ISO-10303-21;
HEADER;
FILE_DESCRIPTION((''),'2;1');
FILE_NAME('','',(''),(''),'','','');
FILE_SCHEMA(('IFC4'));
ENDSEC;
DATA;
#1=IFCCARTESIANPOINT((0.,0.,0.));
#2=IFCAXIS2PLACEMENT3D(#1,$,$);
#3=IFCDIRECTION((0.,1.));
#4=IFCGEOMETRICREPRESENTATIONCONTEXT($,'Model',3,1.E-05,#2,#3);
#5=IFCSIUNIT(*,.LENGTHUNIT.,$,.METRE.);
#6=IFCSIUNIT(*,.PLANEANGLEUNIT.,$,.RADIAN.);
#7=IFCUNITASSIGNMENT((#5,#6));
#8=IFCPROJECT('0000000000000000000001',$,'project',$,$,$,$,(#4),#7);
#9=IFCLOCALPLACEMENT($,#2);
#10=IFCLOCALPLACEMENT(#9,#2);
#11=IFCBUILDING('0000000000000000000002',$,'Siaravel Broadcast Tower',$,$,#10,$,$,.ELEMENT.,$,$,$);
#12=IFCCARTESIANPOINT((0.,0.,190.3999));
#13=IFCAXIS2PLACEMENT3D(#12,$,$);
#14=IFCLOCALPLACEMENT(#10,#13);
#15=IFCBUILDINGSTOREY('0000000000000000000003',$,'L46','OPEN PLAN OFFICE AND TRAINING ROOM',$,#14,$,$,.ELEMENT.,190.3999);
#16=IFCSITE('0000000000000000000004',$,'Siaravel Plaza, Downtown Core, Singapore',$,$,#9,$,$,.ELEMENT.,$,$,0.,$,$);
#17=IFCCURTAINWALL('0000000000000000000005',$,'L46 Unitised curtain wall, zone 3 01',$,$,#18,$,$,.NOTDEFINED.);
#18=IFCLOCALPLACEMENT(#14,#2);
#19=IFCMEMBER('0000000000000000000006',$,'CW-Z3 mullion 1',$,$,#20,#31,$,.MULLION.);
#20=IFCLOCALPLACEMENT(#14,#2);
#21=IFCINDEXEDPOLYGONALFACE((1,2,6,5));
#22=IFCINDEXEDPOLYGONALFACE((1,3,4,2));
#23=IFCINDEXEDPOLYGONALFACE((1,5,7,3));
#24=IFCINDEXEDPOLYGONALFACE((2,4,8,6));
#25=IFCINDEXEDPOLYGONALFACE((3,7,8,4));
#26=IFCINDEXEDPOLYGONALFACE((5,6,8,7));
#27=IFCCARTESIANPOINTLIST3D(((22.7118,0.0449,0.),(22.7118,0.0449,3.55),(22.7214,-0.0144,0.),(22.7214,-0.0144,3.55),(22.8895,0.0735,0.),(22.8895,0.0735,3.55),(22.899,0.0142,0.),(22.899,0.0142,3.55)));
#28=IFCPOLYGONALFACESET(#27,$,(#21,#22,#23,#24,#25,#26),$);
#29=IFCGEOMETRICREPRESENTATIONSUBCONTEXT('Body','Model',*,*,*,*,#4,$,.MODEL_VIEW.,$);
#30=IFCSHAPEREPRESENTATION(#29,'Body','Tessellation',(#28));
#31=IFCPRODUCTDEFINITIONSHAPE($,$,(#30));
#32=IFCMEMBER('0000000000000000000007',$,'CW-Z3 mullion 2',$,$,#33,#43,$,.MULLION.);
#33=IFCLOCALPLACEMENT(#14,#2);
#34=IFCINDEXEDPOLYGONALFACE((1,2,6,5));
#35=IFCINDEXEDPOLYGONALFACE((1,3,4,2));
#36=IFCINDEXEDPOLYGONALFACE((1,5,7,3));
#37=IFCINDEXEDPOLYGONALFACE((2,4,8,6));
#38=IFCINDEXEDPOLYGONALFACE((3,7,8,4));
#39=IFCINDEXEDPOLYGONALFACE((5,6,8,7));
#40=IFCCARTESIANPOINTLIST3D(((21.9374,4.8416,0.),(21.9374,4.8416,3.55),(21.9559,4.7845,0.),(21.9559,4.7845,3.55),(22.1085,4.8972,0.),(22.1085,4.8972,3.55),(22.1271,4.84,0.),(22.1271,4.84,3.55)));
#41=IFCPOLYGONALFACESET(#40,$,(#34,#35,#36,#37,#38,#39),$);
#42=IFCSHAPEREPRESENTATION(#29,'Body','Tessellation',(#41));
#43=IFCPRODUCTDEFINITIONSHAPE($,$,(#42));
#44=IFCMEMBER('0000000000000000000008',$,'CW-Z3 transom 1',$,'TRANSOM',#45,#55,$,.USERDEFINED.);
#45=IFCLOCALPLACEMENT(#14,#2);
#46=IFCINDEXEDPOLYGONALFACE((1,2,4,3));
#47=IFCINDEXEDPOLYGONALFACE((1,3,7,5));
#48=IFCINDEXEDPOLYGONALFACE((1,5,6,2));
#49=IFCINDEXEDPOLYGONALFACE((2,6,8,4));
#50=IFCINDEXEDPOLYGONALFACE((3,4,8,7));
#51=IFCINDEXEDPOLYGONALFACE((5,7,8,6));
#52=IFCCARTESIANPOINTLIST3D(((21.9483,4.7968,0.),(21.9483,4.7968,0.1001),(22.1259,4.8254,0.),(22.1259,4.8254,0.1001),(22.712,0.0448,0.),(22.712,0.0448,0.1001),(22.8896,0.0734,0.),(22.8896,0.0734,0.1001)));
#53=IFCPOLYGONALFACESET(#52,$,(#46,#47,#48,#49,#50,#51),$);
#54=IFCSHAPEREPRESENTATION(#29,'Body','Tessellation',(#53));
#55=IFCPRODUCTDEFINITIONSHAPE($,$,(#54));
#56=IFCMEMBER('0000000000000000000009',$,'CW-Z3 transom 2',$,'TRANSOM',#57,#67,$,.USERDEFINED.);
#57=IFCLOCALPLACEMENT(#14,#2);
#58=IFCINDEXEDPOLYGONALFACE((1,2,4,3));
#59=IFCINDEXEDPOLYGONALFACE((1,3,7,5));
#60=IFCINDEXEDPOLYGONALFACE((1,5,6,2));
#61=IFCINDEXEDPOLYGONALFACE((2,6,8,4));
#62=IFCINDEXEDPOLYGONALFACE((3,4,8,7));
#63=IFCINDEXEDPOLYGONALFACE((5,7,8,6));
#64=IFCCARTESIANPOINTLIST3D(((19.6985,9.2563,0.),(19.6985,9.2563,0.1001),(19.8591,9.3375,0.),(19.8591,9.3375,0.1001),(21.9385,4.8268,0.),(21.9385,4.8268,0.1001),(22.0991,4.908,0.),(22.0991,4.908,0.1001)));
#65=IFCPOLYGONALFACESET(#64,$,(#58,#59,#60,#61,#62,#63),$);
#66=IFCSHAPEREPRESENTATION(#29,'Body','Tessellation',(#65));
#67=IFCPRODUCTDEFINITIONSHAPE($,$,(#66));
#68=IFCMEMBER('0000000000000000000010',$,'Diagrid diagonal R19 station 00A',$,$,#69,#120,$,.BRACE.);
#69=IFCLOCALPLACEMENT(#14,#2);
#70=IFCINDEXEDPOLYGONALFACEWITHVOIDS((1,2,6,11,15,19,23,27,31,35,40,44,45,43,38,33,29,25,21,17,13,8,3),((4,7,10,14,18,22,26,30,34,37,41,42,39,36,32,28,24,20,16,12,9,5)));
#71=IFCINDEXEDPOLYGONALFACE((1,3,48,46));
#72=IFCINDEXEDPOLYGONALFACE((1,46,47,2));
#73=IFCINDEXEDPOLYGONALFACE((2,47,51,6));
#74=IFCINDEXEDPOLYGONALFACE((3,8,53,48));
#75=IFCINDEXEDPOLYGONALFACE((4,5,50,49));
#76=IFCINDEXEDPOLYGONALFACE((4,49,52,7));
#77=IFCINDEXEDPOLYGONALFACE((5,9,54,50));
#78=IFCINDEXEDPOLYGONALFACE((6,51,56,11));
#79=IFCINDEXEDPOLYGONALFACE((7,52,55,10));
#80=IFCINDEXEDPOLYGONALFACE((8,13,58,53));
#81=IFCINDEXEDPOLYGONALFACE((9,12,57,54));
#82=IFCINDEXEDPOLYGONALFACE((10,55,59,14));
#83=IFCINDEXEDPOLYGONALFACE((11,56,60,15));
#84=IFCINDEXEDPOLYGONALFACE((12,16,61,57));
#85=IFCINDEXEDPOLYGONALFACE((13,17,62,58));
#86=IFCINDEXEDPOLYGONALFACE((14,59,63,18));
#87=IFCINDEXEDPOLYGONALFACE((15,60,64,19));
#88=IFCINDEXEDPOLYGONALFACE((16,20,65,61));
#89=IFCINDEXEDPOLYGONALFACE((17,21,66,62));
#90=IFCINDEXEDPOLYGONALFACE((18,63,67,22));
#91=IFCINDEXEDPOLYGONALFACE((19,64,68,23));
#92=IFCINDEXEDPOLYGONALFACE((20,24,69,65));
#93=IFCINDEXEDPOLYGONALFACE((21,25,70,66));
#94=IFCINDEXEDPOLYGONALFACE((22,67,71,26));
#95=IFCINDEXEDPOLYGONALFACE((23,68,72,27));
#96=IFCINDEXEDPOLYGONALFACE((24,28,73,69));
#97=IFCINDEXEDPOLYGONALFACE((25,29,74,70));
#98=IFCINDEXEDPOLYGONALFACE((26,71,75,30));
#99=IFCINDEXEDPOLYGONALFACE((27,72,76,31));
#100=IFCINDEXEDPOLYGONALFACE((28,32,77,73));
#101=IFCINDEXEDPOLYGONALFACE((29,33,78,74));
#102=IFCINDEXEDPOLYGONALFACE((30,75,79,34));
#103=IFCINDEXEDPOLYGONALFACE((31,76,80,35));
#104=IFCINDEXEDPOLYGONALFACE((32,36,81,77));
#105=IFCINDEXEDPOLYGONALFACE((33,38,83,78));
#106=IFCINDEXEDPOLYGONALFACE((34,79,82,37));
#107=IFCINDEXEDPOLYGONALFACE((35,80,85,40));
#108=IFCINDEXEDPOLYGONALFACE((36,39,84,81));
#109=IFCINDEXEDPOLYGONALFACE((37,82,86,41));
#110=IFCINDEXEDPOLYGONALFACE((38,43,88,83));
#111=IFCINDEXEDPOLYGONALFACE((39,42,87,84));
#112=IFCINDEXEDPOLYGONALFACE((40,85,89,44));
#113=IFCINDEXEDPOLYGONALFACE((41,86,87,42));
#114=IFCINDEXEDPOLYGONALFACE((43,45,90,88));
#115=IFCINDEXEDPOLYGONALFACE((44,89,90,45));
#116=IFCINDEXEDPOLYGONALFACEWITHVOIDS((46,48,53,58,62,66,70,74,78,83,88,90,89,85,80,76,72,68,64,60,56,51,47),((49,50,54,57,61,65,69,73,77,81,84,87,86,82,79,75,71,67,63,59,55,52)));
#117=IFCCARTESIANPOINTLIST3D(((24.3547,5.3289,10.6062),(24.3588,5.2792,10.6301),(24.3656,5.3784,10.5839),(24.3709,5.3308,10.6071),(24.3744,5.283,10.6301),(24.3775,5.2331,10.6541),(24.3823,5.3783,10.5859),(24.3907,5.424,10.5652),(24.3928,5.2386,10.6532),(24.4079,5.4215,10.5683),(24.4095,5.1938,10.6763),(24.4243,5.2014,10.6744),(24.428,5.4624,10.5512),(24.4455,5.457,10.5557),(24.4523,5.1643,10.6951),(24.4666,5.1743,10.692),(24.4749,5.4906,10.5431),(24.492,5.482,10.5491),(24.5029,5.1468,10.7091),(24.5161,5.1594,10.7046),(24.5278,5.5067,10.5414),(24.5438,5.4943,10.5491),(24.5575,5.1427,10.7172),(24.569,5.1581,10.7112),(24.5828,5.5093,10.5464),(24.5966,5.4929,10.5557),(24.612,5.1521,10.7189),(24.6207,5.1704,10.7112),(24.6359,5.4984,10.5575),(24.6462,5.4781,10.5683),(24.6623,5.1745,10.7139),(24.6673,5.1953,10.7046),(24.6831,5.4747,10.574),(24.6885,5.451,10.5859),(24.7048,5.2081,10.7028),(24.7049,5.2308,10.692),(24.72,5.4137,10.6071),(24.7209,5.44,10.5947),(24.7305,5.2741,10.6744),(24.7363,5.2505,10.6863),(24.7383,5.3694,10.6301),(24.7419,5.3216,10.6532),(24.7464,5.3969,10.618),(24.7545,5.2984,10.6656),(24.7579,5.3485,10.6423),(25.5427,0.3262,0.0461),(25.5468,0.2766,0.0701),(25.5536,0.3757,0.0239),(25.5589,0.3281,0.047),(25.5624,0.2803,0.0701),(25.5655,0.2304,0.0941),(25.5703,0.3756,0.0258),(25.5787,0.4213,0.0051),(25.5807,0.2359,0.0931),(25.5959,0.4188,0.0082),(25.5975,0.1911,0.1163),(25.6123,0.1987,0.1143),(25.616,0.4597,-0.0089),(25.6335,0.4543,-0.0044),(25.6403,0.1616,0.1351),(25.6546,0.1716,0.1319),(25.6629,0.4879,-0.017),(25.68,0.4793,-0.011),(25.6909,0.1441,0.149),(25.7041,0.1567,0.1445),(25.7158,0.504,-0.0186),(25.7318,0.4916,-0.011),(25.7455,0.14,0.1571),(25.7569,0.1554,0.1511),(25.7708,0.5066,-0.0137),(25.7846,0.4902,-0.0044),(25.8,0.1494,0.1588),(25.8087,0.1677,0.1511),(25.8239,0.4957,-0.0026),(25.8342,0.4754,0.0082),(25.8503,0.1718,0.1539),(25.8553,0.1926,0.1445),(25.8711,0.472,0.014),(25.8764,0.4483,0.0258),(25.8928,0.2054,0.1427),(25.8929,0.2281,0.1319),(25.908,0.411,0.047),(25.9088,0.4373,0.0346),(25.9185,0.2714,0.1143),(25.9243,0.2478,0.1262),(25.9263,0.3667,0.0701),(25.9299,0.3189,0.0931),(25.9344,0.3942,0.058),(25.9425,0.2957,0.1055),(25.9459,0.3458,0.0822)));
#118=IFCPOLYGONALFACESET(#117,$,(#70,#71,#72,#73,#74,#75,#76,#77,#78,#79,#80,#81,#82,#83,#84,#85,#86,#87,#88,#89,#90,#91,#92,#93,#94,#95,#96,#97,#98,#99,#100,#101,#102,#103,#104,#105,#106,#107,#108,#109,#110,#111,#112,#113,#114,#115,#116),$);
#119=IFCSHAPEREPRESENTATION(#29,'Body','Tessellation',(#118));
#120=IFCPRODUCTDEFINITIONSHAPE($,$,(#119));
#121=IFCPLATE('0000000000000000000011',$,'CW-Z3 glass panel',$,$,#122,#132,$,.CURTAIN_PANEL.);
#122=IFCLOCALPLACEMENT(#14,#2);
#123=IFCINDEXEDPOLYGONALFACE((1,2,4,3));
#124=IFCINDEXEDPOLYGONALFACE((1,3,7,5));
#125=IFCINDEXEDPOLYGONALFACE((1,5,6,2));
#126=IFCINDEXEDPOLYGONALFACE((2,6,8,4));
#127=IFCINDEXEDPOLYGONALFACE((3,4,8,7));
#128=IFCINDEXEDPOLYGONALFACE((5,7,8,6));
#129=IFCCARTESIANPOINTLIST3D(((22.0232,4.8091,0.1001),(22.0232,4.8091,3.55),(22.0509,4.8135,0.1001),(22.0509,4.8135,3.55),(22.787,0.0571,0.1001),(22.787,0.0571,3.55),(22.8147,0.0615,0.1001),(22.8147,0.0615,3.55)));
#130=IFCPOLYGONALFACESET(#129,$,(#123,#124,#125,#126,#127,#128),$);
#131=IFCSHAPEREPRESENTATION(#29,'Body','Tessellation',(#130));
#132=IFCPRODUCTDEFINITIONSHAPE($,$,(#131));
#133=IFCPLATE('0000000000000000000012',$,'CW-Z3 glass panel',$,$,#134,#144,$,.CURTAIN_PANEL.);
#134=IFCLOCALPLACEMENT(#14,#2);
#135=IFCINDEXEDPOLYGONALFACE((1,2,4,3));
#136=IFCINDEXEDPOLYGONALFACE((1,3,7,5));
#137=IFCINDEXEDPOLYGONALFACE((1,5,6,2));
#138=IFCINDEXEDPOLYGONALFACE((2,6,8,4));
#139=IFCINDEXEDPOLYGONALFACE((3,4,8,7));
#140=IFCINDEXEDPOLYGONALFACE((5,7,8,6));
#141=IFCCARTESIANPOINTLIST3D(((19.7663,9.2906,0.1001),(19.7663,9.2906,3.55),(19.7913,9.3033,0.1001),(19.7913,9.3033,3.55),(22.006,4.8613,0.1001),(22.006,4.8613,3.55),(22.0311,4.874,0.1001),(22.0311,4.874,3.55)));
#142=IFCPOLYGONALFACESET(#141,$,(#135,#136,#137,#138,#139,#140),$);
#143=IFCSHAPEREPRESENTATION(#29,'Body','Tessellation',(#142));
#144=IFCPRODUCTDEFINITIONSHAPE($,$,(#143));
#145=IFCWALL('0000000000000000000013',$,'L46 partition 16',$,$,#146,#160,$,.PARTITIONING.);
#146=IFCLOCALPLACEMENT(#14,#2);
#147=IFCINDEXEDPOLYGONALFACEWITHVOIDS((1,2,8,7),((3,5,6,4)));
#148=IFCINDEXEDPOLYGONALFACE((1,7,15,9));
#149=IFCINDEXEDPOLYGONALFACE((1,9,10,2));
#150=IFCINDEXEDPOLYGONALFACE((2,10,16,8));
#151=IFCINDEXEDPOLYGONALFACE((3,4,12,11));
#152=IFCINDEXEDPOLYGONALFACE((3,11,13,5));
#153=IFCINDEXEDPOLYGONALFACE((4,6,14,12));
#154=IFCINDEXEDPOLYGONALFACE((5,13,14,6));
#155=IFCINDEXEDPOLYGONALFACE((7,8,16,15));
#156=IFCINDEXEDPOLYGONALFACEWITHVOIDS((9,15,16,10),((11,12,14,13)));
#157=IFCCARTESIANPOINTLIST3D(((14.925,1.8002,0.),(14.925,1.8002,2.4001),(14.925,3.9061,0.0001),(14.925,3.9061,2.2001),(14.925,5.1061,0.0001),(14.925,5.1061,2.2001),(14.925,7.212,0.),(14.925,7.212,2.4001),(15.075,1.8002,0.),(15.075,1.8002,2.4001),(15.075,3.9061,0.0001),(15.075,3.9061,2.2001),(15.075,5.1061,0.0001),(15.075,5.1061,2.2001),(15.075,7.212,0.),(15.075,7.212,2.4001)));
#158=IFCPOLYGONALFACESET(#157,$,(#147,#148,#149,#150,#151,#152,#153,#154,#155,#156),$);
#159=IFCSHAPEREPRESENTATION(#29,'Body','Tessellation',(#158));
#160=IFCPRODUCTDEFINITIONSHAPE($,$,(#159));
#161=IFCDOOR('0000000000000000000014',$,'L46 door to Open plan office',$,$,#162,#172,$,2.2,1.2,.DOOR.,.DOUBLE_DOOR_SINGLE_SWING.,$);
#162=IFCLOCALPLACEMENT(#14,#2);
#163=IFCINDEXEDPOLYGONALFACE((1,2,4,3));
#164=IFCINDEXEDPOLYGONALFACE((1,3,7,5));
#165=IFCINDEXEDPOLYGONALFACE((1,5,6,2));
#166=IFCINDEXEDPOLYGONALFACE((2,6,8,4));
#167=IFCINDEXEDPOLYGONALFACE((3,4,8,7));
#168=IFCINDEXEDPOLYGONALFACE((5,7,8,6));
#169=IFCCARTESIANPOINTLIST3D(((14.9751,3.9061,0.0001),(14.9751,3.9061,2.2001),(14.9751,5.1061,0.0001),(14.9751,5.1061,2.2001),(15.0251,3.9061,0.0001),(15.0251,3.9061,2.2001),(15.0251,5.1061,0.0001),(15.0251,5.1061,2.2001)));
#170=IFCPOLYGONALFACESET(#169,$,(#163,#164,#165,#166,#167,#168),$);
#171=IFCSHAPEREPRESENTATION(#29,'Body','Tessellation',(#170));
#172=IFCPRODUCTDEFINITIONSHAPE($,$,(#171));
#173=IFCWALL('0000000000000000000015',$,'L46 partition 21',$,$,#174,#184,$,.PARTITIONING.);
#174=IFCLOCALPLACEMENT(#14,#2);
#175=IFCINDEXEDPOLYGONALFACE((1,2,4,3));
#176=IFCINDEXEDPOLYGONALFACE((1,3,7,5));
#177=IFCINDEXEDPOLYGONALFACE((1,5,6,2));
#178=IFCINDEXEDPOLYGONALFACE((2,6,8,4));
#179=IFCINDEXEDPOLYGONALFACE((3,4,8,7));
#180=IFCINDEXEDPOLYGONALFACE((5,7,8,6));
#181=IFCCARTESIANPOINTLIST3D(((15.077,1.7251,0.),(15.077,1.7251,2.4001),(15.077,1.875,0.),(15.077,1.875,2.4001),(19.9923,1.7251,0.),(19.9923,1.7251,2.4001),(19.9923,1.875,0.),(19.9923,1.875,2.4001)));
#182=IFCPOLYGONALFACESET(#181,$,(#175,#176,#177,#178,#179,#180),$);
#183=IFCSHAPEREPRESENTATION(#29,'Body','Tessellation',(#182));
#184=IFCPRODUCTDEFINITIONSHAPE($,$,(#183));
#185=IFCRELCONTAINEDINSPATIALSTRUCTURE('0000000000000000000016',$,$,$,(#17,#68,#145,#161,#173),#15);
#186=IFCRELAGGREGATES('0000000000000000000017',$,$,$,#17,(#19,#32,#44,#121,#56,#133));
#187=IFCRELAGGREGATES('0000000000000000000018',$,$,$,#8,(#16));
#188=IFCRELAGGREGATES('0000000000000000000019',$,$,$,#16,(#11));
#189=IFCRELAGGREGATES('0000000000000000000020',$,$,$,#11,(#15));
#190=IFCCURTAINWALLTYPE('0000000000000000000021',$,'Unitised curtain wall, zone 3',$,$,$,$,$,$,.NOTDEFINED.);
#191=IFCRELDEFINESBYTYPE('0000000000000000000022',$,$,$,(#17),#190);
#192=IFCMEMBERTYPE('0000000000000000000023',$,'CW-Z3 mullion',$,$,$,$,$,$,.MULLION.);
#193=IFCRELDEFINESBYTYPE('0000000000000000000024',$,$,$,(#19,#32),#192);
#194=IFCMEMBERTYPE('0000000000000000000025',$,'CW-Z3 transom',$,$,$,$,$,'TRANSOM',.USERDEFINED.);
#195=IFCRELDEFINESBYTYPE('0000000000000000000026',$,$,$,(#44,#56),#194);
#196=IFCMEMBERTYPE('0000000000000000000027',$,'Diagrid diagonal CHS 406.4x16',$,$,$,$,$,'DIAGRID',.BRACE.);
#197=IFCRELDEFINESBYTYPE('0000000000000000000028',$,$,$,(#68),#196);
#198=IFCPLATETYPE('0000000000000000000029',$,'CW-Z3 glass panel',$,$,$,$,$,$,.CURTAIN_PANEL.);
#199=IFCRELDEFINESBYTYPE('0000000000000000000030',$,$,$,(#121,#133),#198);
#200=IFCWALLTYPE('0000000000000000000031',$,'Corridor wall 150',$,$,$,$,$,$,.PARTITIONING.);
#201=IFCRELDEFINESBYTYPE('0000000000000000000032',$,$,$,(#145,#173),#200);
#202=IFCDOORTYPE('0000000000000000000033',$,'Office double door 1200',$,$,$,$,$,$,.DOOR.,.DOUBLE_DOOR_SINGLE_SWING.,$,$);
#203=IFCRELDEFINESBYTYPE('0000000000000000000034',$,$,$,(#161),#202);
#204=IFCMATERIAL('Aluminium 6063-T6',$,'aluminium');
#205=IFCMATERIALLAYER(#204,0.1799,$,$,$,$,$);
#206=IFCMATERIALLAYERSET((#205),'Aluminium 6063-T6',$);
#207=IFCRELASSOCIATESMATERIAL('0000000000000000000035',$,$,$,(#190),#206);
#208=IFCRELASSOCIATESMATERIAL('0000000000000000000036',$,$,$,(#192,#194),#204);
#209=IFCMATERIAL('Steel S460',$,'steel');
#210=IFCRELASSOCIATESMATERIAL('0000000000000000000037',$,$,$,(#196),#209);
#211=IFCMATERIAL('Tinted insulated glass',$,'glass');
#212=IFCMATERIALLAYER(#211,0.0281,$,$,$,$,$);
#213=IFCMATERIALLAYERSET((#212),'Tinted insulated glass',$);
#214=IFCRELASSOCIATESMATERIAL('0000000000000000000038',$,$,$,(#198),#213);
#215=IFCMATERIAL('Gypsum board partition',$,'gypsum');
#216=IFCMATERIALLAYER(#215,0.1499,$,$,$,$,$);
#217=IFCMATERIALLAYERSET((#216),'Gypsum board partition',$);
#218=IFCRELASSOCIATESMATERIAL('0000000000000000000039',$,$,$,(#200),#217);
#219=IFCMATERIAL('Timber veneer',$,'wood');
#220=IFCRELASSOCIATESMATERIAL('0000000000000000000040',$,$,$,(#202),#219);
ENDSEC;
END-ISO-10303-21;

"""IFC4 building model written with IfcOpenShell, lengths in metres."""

from ifc_helpers import new_model, si_unit, direction, frame, frame_2d, origin, origin_2d, place, context, subcontext, project, spatial, rectangle, hollow_circle, extrude, material, layer, layer_set, material_profile, profile_set, type_object, element, fill, aggregate, save


model = new_model("IFC4")

# Units and contexts
model_context = context("Model", 3, precision=1e-05, world=origin(), true_north=direction((0.0, 1.0)))
body_context = subcontext(model_context, "Body", "Model", "MODEL_VIEW")
ifc_project = project(units=[si_unit("LENGTHUNIT", "METRE"), si_unit("PLANEANGLEUNIT", "RADIAN")], contexts=[model_context])

# Site, building, storey
site_placement = place(None, origin())
site = spatial("IfcSite", under=ifc_project, at=site_placement, Name="Siaravel Plaza, Downtown Core, Singapore", CompositionType="ELEMENT", RefElevation=0.0)
building_placement = place(site_placement, origin())
building = spatial("IfcBuilding", under=site, at=building_placement, Name="Siaravel Broadcast Tower", CompositionType="ELEMENT")
storey_placement = place(building_placement, frame((0.0, 0.0, 190.3999)))
storey = spatial("IfcBuildingStorey", under=building, at=storey_placement, Name="L46", Description="OPEN PLAN OFFICE AND TRAINING ROOM", CompositionType="ELEMENT", Elevation=190.3999)

# Curtain wall, members
ifc_material_1 = material(Name="Aluminium 6063-T6", Category="aluminium")
ifc_layer_1 = layer(ifc_material_1, 0.1799)
ifc_layer_set_1 = layer_set([ifc_layer_1], Name="Aluminium 6063-T6")
curtain_wall_type = type_object("IfcCurtainWallType", Name="Unitised curtain wall, zone 3", PredefinedType="NOTDEFINED", material=ifc_layer_set_1)
curtain_wall_placement = place(storey_placement, origin())
curtain_wall = element("IfcCurtainWall", 1, at=curtain_wall_placement, inside=storey, type_object=curtain_wall_type, Name="L46 Unitised curtain wall, zone 3 01", PredefinedType="NOTDEFINED")
ifc_material_profile_1 = material_profile(ifc_material_1, rectangle(XDim=0.1799, YDim=0.0601, at=origin_2d()))
ifc_profile_set_1 = profile_set([ifc_material_profile_1], Name="Aluminium 6063-T6")
member_type_1 = type_object("IfcMemberType", Name="CW-Z3 mullion", PredefinedType="MULLION", material=ifc_profile_set_1)
member_1_placement = place(storey_placement, frame((22.8054, 0.0295, 0.0), z_axis=(0.0, 0.0, 1.0), x_axis=(-0.987329, -0.158685, 0.0)))
member_1 = element("IfcMember", 2, at=member_1_placement, type_object=member_type_1, Name="CW-Z3 mullion 1", PredefinedType="MULLION", context=body_context, shape_type="SweptSolid", body=[
    extrude(rectangle(XDim=0.1799, YDim=0.0601, at=origin_2d()), origin(), (0.0, 0.0, 1.0), 3.55),
])
member_2_placement = place(storey_placement, frame((22.0322, 4.8408, 0.0), z_axis=(0.0, 0.0, 1.0), x_axis=(-0.951177, -0.308645, 0.0)))
member_2 = element("IfcMember", 3, at=member_2_placement, type_object=member_type_1, Name="CW-Z3 mullion 2", PredefinedType="MULLION", context=body_context, shape_type="SweptSolid", body=[
    extrude(rectangle(XDim=0.1799, YDim=0.0601, at=origin_2d()), origin(), (0.0, 0.0, 1.0), 3.55),
])
ifc_material_profile_2 = material_profile(ifc_material_1, rectangle(XDim=0.1799, YDim=0.1001, at=origin_2d()))
ifc_profile_set_2 = profile_set([ifc_material_profile_2], Name="Aluminium 6063-T6")
member_type_2 = type_object("IfcMemberType", Name="CW-Z3 transom", ElementType="TRANSOM", PredefinedType="USERDEFINED", material=ifc_profile_set_2)
member_3_placement = place(storey_placement, frame((22.8008, 0.0591, 0.05), z_axis=(-0.158671, 0.987332, 0.0), x_axis=(-0.987332, -0.158671, 0.0)))
member_3 = element("IfcMember", 4, at=member_3_placement, type_object=member_type_2, Name="CW-Z3 transom 1", ObjectType="TRANSOM", PredefinedType="USERDEFINED", context=body_context, shape_type="SweptSolid", body=[
    extrude(rectangle(XDim=0.1799, YDim=0.1001, at=origin_2d()), origin(), (0.0, 0.0, 1.0), 4.813),
])
member_4_placement = place(storey_placement, frame((22.0188, 4.8674, 0.05), z_axis=(-0.451282, 0.892382, 0.0), x_axis=(-0.892382, -0.451282, 0.0)))
member_4 = element("IfcMember", 5, at=member_4_placement, type_object=member_type_2, Name="CW-Z3 transom 2", ObjectType="TRANSOM", PredefinedType="USERDEFINED", context=body_context, shape_type="SweptSolid", body=[
    extrude(rectangle(XDim=0.1799, YDim=0.1001, at=origin_2d()), origin(), (0.0, 0.0, 1.0), 4.9636),
])

# Member
ifc_material_2 = material(Name="Steel S460", Category="steel")
ifc_material_profile_3 = material_profile(ifc_material_2, hollow_circle(Radius=0.2031, WallThickness=0.0161, at=origin_2d()))
ifc_profile_set_3 = profile_set([ifc_material_profile_3], Name="Steel S460")
member_type_3 = type_object("IfcMemberType", Name="Diagrid diagonal CHS 406.4x16", ElementType="DIAGRID", PredefinedType="BRACE", material=ifc_profile_set_3)
member_5_placement = place(storey_placement, frame((25.7444, 0.3235, 0.0701), z_axis=(-0.101145, 0.425929, 0.899085), x_axis=(-0.972943, -0.231045, 0.0)))
element("IfcMember", 6, at=member_5_placement, inside=storey, type_object=member_type_3, Name="Diagrid diagonal R19 station 00A", PredefinedType="BRACE", context=body_context, shape_type="SweptSolid", body=[
    extrude(hollow_circle(Radius=0.2031, WallThickness=0.0161, at=origin_2d()), origin(), (0.0, 0.0, 1.0), 11.7454),
])

# Plates
ifc_material_3 = material(Name="Tinted insulated glass", Category="glass")
ifc_layer_2 = layer(ifc_material_3, 0.0281)
ifc_layer_set_2 = layer_set([ifc_layer_2], Name="Tinted insulated glass")
plate_type = type_object("IfcPlateType", Name="CW-Z3 glass panel", PredefinedType="CURTAIN_PANEL", material=ifc_layer_set_2)
plate_1_placement = place(storey_placement, frame((22.4189, 2.4353, 0.1001), z_axis=(0.0, 0.0, 1.0), x_axis=(-0.158685, 0.987329, 0.0)))
plate_1 = element("IfcPlate", 7, at=plate_1_placement, type_object=plate_type, Name="CW-Z3 glass panel", PredefinedType="CURTAIN_PANEL", context=body_context, shape_type="SweptSolid", body=[
    extrude(rectangle(XDim=4.813, YDim=0.0281, at=origin_2d()), origin(), (0.0, 0.0, 1.0), 3.45),
])
plate_2_placement = place(storey_placement, frame((20.8987, 7.0823, 0.1001), z_axis=(0.0, 0.0, 1.0), x_axis=(-0.451261, 0.892392, 0.0)))
plate_2 = element("IfcPlate", 8, at=plate_2_placement, type_object=plate_type, Name="CW-Z3 glass panel", PredefinedType="CURTAIN_PANEL", context=body_context, shape_type="SweptSolid", body=[
    extrude(rectangle(XDim=4.9634, YDim=0.0281, at=origin_2d()), origin(), (0.0, 0.0, 1.0), 3.45),
])
aggregate(curtain_wall, [member_1, member_2, member_3, plate_1, member_4, plate_2])

# Wall, opening, door
ifc_material_4 = material(Name="Gypsum board partition", Category="gypsum")
ifc_layer_3 = layer(ifc_material_4, 0.1499)
ifc_layer_set_3 = layer_set([ifc_layer_3], Name="Gypsum board partition")
wall_type = type_object("IfcWallType", Name="Corridor wall 150", PredefinedType="PARTITIONING", material=ifc_layer_set_3)
wall_1_placement = place(storey_placement, frame((15.0, 1.8, 0.0), z_axis=(0.0, 0.0, 1.0), x_axis=(0.0, 1.0, 0.0)))
wall_1 = element("IfcWall", 9, at=wall_1_placement, inside=storey, type_object=wall_type, Name="L46 partition 16", PredefinedType="PARTITIONING", context=body_context, shape_type="SweptSolid", body=[
    extrude(rectangle(XDim=5.4119, YDim=0.1499, at=frame_2d((2.7061, 0.0))), origin(), (0.0, 0.0, 1.0), 2.4001),
])
opening_placement = place(wall_1_placement, frame((2.106, 0.0, 0.0)))
opening = element("IfcOpeningElement", 10, at=opening_placement, cuts=wall_1, PredefinedType="OPENING", context=body_context, shape_type="SweptSolid", body=[
    extrude(rectangle(XDim=1.2, YDim=2.2, at=frame_2d((0.6001, 1.1001))), frame((0.0, 0.085, 0.0), z_axis=(0.0, -1.0, 0.0), x_axis=(1.0, 0.0, 0.0)), (0.0, 0.0, 1.0), 0.1699),
])
ifc_material_5 = material(Name="Timber veneer", Category="wood")
door_type = type_object("IfcDoorType", Name="Office double door 1200", OperationType="DOUBLE_DOOR_SINGLE_SWING", PredefinedType="DOOR", material=ifc_material_5)
door_placement = place(opening_placement, origin())
door = element("IfcDoor", 11, at=door_placement, inside=storey, type_object=door_type, Name="L46 door to Open plan office", OperationType="DOUBLE_DOOR_SINGLE_SWING", OverallHeight=2.2, OverallWidth=1.2, PredefinedType="DOOR", context=body_context, shape_type="SweptSolid", body=[
    extrude(rectangle(XDim=1.2, YDim=2.2, at=frame_2d((0.6001, 1.1001))), frame((0.0, 0.0249, 0.0), z_axis=(0.0, -1.0, 0.0), x_axis=(1.0, 0.0, 0.0)), (0.0, 0.0, 1.0), 0.05),
])
fill(opening, door)

# Wall
wall_2_placement = place(storey_placement, frame((19.9922, 1.8, 0.0), z_axis=(0.0, 0.0, 1.0), x_axis=(-1.0, 0.0, 0.0)))
element("IfcWall", 12, at=wall_2_placement, inside=storey, type_object=wall_type, Name="L46 partition 21", PredefinedType="PARTITIONING", context=body_context, shape_type="SweptSolid", body=[
    extrude(rectangle(XDim=4.9153, YDim=0.1499, at=frame_2d((2.4575, 0.0))), origin(), (0.0, 0.0, 1.0), 2.4001),
])

save(model, "model.ifc")
